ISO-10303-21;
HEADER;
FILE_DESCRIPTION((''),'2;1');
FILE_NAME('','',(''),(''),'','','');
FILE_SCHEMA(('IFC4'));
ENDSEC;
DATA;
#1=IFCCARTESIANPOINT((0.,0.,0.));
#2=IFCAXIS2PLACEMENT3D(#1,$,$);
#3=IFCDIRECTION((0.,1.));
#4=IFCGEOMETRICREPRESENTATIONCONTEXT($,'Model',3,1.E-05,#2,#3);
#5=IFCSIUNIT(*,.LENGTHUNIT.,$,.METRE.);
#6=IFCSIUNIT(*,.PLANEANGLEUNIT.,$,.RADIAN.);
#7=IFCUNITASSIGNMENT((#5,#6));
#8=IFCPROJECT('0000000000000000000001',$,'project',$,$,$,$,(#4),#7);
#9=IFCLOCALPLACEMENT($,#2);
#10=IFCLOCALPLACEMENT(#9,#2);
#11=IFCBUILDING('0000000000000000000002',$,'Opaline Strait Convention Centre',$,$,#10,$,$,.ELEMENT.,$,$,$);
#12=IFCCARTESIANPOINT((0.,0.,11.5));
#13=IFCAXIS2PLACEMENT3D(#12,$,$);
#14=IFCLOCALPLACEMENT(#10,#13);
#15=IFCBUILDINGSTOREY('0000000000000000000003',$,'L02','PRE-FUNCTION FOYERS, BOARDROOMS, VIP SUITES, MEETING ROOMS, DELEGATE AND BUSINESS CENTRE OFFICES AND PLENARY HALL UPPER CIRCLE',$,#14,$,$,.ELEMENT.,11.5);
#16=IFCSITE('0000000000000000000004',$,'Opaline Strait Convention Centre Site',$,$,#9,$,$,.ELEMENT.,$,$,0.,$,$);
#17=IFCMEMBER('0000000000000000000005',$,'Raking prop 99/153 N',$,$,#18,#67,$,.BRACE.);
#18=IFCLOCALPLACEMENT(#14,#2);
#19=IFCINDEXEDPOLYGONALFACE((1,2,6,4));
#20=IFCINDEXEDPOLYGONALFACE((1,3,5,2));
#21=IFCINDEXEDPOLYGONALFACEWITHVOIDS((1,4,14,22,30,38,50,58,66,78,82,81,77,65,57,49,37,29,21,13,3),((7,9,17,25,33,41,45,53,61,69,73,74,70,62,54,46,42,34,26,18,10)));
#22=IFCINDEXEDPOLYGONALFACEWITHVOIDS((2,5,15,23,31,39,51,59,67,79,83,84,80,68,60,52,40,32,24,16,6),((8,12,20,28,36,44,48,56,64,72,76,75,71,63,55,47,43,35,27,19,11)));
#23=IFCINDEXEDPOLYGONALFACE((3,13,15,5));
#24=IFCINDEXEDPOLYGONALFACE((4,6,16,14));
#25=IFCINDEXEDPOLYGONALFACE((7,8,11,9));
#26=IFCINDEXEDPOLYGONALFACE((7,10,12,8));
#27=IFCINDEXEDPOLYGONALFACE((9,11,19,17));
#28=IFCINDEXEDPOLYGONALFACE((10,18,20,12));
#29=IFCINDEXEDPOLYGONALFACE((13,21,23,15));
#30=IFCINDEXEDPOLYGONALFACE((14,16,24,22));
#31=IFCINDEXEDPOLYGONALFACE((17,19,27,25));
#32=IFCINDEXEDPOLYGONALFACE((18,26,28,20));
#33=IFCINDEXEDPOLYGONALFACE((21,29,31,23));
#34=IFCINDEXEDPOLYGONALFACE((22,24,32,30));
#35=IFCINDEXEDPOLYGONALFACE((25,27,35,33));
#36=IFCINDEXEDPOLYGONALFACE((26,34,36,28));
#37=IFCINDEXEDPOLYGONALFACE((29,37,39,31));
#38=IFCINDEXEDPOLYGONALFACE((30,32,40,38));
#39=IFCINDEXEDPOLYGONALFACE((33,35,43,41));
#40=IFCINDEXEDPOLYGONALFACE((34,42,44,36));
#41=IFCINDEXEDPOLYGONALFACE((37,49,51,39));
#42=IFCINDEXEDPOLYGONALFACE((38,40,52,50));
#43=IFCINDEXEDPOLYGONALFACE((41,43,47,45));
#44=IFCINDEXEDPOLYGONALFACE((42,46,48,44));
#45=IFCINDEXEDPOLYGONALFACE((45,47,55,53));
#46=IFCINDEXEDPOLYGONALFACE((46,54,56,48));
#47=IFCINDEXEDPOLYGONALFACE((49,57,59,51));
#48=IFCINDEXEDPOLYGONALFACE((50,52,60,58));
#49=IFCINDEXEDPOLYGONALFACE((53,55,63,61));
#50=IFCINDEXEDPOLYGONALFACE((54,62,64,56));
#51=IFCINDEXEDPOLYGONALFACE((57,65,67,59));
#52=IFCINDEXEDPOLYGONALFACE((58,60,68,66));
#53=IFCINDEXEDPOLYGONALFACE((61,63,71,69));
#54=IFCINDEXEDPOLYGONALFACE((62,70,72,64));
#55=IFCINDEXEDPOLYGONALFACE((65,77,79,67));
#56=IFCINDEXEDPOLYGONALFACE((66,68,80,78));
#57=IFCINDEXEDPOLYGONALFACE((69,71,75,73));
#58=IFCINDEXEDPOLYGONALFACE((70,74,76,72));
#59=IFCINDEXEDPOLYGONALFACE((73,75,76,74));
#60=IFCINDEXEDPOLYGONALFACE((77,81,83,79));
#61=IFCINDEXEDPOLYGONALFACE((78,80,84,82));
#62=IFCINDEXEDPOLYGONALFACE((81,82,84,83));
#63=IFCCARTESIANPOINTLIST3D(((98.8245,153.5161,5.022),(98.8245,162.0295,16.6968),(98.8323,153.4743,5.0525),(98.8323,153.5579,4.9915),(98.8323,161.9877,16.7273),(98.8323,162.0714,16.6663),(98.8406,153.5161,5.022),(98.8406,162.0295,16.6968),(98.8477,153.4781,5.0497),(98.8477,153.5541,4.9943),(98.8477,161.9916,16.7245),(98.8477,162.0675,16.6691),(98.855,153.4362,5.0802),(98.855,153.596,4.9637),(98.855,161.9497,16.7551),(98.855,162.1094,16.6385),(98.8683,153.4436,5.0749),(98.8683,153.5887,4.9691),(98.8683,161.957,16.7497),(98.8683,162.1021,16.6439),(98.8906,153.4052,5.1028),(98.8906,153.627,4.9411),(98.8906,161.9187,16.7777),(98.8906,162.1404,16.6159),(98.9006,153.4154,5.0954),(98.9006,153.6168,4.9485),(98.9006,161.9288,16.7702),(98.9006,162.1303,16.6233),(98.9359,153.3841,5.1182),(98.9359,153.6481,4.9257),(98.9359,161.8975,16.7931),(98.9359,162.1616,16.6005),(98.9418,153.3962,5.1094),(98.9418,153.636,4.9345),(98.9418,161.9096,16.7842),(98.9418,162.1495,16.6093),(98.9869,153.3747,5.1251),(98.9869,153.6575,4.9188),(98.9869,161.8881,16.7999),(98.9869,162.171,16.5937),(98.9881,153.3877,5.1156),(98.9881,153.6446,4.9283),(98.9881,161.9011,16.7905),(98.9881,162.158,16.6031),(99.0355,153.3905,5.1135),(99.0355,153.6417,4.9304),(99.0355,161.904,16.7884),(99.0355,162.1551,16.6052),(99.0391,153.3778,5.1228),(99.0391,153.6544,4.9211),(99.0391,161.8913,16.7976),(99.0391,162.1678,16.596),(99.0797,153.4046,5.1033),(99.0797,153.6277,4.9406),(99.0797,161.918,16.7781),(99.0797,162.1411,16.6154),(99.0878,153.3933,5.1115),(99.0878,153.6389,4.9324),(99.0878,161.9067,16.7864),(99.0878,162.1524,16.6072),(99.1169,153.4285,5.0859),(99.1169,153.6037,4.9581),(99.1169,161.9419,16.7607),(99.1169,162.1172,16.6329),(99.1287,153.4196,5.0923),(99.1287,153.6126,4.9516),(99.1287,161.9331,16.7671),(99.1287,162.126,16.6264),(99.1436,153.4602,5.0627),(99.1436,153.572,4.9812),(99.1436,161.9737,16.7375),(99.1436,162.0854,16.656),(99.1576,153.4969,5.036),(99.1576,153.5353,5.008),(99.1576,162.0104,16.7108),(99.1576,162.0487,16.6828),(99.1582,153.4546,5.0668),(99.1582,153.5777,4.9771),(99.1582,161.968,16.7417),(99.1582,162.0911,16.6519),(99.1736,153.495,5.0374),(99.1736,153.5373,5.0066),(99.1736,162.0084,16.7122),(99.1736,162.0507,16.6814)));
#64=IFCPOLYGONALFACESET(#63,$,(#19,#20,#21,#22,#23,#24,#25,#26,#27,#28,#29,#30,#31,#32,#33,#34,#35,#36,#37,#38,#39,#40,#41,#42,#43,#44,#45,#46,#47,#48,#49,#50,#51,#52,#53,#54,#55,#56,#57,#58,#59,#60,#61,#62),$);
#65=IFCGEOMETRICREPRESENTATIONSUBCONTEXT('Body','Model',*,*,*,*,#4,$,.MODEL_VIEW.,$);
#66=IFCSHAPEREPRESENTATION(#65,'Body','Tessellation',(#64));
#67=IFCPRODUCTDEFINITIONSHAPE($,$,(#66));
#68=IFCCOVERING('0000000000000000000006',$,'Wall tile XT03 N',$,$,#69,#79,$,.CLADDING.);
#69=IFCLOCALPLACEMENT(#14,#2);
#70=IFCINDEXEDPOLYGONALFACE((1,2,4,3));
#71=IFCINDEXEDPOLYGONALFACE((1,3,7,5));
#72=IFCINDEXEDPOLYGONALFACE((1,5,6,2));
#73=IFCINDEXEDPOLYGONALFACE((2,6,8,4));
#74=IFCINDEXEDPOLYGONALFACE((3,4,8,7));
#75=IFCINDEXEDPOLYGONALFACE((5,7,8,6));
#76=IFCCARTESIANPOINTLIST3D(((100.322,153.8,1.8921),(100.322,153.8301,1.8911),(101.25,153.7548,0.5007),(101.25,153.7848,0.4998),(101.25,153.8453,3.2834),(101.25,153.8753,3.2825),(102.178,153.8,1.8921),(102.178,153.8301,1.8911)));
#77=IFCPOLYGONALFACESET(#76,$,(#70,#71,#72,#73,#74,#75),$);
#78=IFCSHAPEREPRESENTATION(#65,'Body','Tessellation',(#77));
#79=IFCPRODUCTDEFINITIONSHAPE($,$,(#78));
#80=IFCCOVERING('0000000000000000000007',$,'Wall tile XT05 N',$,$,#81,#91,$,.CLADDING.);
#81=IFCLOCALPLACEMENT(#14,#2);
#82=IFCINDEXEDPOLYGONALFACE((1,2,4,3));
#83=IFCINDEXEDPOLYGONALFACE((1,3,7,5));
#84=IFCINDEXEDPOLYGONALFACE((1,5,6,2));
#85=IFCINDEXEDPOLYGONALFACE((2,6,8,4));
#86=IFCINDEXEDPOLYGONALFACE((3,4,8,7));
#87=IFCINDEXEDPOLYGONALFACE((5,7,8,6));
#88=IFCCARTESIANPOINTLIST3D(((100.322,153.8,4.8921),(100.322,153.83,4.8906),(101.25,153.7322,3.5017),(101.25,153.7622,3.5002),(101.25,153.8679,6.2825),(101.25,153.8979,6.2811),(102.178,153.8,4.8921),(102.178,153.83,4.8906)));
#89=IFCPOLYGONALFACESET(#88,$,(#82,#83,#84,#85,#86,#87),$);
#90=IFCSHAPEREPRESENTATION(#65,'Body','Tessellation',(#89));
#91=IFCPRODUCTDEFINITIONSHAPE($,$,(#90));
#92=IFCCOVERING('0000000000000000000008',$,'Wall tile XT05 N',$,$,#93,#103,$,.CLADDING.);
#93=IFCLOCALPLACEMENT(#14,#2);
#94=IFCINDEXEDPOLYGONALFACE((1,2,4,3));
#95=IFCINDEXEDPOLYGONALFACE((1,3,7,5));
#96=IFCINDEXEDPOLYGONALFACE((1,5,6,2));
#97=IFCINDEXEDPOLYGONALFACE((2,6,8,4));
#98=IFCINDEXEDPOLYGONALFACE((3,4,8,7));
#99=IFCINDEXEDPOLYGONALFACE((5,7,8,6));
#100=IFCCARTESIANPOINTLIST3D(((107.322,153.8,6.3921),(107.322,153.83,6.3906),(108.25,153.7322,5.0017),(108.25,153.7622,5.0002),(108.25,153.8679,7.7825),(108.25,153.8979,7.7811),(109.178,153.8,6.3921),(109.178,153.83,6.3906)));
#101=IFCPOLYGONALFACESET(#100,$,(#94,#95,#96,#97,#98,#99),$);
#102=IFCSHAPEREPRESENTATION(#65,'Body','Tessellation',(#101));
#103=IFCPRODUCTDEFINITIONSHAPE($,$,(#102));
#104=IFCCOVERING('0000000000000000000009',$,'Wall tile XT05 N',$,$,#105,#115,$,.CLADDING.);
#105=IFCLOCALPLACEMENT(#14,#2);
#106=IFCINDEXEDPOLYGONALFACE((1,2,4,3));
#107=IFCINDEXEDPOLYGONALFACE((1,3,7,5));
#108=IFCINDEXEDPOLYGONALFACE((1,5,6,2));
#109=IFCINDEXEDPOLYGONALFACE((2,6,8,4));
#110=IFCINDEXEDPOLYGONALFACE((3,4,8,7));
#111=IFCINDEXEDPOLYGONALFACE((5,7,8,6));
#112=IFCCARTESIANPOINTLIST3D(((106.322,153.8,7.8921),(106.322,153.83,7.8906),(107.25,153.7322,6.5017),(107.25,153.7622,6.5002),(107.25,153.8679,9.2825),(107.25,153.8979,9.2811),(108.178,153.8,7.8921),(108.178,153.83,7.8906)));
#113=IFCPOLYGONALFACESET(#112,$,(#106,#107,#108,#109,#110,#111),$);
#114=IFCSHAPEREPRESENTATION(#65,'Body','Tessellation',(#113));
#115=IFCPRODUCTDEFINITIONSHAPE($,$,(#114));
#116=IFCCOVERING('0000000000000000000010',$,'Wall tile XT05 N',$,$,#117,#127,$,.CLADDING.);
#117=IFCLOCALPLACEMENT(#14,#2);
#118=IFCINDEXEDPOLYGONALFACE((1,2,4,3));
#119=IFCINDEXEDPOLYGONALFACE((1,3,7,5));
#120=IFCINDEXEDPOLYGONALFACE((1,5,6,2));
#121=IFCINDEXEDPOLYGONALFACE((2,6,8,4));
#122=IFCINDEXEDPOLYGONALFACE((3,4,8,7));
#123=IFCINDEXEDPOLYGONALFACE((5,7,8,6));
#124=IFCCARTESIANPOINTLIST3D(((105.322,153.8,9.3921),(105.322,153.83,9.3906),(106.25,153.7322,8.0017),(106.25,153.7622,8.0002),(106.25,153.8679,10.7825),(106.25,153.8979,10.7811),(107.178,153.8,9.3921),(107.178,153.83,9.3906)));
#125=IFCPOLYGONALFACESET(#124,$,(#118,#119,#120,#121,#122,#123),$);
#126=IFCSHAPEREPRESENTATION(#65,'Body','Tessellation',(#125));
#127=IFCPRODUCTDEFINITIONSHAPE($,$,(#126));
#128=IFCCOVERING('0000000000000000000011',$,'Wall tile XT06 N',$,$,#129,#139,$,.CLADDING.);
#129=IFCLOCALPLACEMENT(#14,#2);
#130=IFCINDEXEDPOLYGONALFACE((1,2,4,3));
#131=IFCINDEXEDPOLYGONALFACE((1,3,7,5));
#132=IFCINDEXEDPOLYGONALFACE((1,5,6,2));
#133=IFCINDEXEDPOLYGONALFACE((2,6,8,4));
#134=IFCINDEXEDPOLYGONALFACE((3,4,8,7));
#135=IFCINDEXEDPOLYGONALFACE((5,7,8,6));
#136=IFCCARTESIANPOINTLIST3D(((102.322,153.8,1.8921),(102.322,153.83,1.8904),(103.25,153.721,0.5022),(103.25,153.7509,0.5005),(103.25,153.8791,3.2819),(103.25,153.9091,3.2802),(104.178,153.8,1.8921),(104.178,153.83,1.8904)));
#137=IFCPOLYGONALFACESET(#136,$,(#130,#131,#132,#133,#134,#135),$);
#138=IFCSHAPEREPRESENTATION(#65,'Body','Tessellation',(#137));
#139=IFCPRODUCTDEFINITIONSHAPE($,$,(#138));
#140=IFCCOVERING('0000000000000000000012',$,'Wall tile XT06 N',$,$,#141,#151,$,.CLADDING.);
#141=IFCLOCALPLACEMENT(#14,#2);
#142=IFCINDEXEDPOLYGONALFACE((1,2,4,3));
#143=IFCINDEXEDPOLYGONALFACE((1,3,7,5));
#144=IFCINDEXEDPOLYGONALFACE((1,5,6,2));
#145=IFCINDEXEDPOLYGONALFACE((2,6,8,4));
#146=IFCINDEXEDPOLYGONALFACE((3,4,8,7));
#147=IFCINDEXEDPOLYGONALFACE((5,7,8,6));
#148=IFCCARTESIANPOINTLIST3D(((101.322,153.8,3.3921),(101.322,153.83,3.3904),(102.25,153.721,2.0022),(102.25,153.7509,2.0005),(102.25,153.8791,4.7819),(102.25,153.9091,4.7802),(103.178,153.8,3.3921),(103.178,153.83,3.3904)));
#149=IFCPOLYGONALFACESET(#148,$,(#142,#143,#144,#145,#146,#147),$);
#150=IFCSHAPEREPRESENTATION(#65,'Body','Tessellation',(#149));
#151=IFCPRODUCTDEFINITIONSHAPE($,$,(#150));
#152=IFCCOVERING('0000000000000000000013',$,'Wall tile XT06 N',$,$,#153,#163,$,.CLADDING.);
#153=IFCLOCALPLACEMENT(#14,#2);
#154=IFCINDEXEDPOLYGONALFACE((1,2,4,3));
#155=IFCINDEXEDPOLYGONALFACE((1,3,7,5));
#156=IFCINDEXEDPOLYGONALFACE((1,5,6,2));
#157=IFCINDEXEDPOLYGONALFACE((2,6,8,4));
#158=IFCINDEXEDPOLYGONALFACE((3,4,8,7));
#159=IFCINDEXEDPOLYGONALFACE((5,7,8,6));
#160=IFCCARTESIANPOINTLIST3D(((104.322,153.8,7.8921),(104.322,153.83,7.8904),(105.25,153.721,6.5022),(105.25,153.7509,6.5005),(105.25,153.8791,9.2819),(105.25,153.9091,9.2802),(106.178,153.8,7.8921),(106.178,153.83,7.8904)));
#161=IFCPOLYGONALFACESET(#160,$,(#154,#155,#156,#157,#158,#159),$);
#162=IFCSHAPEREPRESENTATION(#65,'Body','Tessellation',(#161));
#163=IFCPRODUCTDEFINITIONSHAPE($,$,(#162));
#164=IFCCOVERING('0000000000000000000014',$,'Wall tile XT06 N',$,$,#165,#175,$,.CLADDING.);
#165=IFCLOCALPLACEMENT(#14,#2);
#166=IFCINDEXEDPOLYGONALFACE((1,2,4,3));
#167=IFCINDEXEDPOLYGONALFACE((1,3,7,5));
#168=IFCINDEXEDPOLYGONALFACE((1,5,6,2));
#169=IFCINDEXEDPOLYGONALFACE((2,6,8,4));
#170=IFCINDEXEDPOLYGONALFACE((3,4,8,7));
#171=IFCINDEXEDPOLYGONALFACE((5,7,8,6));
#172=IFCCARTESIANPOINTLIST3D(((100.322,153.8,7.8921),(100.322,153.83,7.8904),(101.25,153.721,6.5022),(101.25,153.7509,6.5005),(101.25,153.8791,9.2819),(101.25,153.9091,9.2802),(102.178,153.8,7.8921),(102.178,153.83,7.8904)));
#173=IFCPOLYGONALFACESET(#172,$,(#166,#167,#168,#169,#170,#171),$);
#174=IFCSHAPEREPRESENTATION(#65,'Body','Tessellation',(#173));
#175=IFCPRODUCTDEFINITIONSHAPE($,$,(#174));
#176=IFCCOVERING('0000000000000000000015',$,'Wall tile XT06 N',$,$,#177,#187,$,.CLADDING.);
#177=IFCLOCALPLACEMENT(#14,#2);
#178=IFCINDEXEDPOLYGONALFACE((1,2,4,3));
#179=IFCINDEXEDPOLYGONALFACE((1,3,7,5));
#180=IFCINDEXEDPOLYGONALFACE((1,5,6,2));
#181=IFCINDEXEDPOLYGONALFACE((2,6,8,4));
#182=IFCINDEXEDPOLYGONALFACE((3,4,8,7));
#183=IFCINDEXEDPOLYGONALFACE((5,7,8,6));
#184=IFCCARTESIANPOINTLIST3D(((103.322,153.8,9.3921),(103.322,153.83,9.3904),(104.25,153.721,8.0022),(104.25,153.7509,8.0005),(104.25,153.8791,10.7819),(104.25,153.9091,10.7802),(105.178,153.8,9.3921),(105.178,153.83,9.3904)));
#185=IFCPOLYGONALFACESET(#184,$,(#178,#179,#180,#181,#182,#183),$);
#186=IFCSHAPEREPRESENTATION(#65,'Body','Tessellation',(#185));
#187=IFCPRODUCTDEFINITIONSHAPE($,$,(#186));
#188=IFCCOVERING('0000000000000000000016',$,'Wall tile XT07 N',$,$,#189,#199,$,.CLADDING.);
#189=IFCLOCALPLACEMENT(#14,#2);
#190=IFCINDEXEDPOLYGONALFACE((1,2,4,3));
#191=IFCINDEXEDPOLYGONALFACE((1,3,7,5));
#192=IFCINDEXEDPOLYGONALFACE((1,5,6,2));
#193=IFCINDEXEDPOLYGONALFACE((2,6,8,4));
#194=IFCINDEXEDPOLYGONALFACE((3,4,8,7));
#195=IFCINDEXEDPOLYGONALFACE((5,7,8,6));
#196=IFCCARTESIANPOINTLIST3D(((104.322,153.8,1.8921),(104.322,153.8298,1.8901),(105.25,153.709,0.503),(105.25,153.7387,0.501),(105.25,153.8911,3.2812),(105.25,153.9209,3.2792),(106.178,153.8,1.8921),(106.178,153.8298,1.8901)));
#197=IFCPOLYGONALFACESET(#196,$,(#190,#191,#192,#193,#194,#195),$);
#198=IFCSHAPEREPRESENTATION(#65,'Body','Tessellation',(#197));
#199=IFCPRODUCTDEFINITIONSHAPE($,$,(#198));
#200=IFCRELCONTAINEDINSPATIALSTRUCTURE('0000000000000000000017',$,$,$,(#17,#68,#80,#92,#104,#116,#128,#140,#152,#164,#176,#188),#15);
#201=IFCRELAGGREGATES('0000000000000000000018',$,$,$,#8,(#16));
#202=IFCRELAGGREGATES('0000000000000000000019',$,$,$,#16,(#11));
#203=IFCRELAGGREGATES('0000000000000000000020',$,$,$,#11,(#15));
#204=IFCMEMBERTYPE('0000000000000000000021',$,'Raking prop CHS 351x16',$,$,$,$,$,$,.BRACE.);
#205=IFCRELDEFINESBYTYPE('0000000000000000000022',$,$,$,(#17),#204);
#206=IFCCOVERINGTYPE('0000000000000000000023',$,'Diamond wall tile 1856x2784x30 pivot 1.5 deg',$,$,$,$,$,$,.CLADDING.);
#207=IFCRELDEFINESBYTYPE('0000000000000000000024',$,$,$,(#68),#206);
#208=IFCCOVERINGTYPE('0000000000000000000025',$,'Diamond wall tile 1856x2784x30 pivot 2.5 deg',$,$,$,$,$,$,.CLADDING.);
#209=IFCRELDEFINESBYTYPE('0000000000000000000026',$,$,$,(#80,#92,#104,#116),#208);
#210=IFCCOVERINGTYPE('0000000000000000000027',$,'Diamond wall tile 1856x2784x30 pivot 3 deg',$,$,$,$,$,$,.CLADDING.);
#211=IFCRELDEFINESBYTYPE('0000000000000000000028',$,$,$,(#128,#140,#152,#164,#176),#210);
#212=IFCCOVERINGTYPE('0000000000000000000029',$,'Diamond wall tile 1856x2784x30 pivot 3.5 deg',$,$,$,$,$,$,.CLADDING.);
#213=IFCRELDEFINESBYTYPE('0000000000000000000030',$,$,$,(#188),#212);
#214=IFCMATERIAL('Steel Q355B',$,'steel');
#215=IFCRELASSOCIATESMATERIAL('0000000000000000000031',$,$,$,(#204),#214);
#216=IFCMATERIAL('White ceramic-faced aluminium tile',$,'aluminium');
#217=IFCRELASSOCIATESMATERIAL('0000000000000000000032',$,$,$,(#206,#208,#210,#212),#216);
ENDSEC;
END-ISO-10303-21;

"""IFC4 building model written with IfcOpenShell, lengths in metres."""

from ifc_helpers import new_model, si_unit, direction, frame, origin, origin_2d, place, context, subcontext, project, spatial, polyline, hollow_circle, outline, extrude, material, material_profile, profile_set, type_object, element, save


model = new_model("IFC4")

# Units and contexts
model_context = context("Model", 3, precision=1e-05, world=origin(), true_north=direction((0.0, 1.0)))
body_context = subcontext(model_context, "Body", "Model", "MODEL_VIEW")
ifc_project = project(units=[si_unit("LENGTHUNIT", "METRE"), si_unit("PLANEANGLEUNIT", "RADIAN")], contexts=[model_context])

# Site, building, storey
site_placement = place(None, origin())
site = spatial("IfcSite", under=ifc_project, at=site_placement, Name="Opaline Strait Convention Centre Site", CompositionType="ELEMENT", RefElevation=0.0)
building_placement = place(site_placement, origin())
building = spatial("IfcBuilding", under=site, at=building_placement, Name="Opaline Strait Convention Centre", CompositionType="ELEMENT")
storey_placement = place(building_placement, frame((0.0, 0.0, 11.5)))
storey = spatial("IfcBuildingStorey", under=building, at=storey_placement, Name="L02", Description="PRE-FUNCTION FOYERS, BOARDROOMS, VIP SUITES, MEETING ROOMS, DELEGATE AND BUSINESS CENTRE OFFICES AND PLENARY HALL UPPER CIRCLE", CompositionType="ELEMENT", Elevation=11.5)

# Member
ifc_material_1 = material(Name="Steel Q355B", Category="steel")
ifc_material_profile_1 = material_profile(ifc_material_1, hollow_circle(Radius=0.1755, WallThickness=0.0161, at=origin_2d()), Name="CHS 351x16")
ifc_profile_set_1 = profile_set([ifc_material_profile_1], Name="Steel Q355B")
member_type = type_object("IfcMemberType", Name="Raking prop CHS 351x16", PredefinedType="BRACE", material=ifc_profile_set_1)
member_placement = place(storey_placement, frame((99.0, 153.5161, 5.022), z_axis=(0.0, 0.589197, 0.807989), x_axis=(-1.0, 0.0, 0.0)))
element("IfcMember", 1, at=member_placement, inside=storey, type_object=member_type, Name="Raking prop 99/153 N", PredefinedType="BRACE", context=body_context, shape_type="SweptSolid", body=[
    extrude(hollow_circle(Radius=0.1755, WallThickness=0.0161, at=origin_2d()), origin(), (0.0, 0.0, 1.0), 14.4492),
])

# Coverings
ifc_material_2 = material(Name="White ceramic-faced aluminium tile", Category="aluminium")
ifc_material_profile_2 = material_profile(ifc_material_2, outline(polyline([(0.928, 0.0), (0.0, 1.3921), (-0.928, 0.0), (0.0, -1.3921), (0.928, 0.0)])), Name="Diamond tile 1856x2784")
ifc_profile_set_2 = profile_set([ifc_material_profile_2], Name="White ceramic-faced aluminium tile")
covering_type_1 = type_object("IfcCoveringType", Name="Diamond wall tile 1856x2784x30 pivot 1.5 deg", PredefinedType="CLADDING", material=ifc_profile_set_2)
covering_placement = place(storey_placement, frame((101.25, 153.8, 1.8921), z_axis=(0.0, 0.999472, -0.032503), x_axis=(-1.0, 0.0, 0.0)))
element("IfcCovering", 2, at=covering_placement, inside=storey, type_object=covering_type_1, Name="Wall tile XT03 N", PredefinedType="CLADDING", context=body_context, shape_type="SweptSolid", body=[
    extrude(outline(polyline([(0.928, 0.0), (0.0, 1.3921), (-0.928, 0.0), (0.0, -1.3921), (0.928, 0.0)])), origin(), (0.0, 0.0, 1.0), 0.03),
])
ifc_material_profile_3 = material_profile(ifc_material_2, outline(polyline([(0.928, 0.0), (0.0, 1.3921), (-0.928, 0.0), (0.0, -1.3921), (0.928, 0.0)])), Name="Diamond tile 1856x2784")
ifc_profile_set_3 = profile_set([ifc_material_profile_3], Name="White ceramic-faced aluminium tile")
covering_type_2 = type_object("IfcCoveringType", Name="Diamond wall tile 1856x2784x30 pivot 2.5 deg", PredefinedType="CLADDING", material=ifc_profile_set_3)
for number, where, z_axis, x_axis, name in (
    (3, (101.25, 153.8, 4.8921), (0.0, 0.998812, -0.048723), (-1.0, 0.0, 0.0), "Wall tile XT05 N"),
    (4, (108.25, 153.8, 6.3921), (0.0, 0.998812, -0.048723), (-1.0, 0.0, 0.0), "Wall tile XT05 N"),
    (5, (107.25, 153.8, 7.8921), (0.0, 0.998812, -0.048723), (-1.0, 0.0, 0.0), "Wall tile XT05 N"),
    (6, (106.25, 153.8, 9.3921), (0.0, 0.998812, -0.048723), (-1.0, 0.0, 0.0), "Wall tile XT05 N"),
):
    element("IfcCovering", number, at=place(storey_placement, frame(where, z_axis=z_axis, x_axis=x_axis)), inside=storey, type_object=covering_type_2, Name=name, PredefinedType="CLADDING", context=body_context, shape_type="SweptSolid", body=[
        extrude(outline(polyline([(0.928, 0.0), (0.0, 1.3921), (-0.928, 0.0), (0.0, -1.3921), (0.928, 0.0)])), origin(), (0.0, 0.0, 1.0), 0.03),
    ])
ifc_material_profile_4 = material_profile(ifc_material_2, outline(polyline([(0.928, 0.0), (0.0, 1.3921), (-0.928, 0.0), (0.0, -1.3921), (0.928, 0.0)])), Name="Diamond tile 1856x2784")
ifc_profile_set_4 = profile_set([ifc_material_profile_4], Name="White ceramic-faced aluminium tile")
covering_type_3 = type_object("IfcCoveringType", Name="Diamond wall tile 1856x2784x30 pivot 3 deg", PredefinedType="CLADDING", material=ifc_profile_set_4)
for number, where, z_axis, x_axis, name in (
    (7, (103.25, 153.8, 1.8921), (0.0, 0.998385, -0.056819), (-1.0, 0.0, 0.0), "Wall tile XT06 N"),
    (8, (102.25, 153.8, 3.3921), (0.0, 0.998385, -0.056819), (-1.0, 0.0, 0.0), "Wall tile XT06 N"),
    (9, (105.25, 153.8, 7.8921), (0.0, 0.998385, -0.056819), (-1.0, 0.0, 0.0), "Wall tile XT06 N"),
    (10, (101.25, 153.8, 7.8921), (0.0, 0.998385, -0.056819), (-1.0, 0.0, 0.0), "Wall tile XT06 N"),
    (11, (104.25, 153.8, 9.3921), (0.0, 0.998385, -0.056819), (-1.0, 0.0, 0.0), "Wall tile XT06 N"),
):
    element("IfcCovering", number, at=place(storey_placement, frame(where, z_axis=z_axis, x_axis=x_axis)), inside=storey, type_object=covering_type_3, Name=name, PredefinedType="CLADDING", context=body_context, shape_type="SweptSolid", body=[
        extrude(outline(polyline([(0.928, 0.0), (0.0, 1.3921), (-0.928, 0.0), (0.0, -1.3921), (0.928, 0.0)])), origin(), (0.0, 0.0, 1.0), 0.03),
    ])
ifc_material_profile_5 = material_profile(ifc_material_2, outline(polyline([(0.928, 0.0), (0.0, 1.3921), (-0.928, 0.0), (0.0, -1.3921), (0.928, 0.0)])), Name="Diamond tile 1856x2784")
ifc_profile_set_5 = profile_set([ifc_material_profile_5], Name="White ceramic-faced aluminium tile")
covering_type_4 = type_object("IfcCoveringType", Name="Diamond wall tile 1856x2784x30 pivot 3.5 deg", PredefinedType="CLADDING", material=ifc_profile_set_5)
for number, where, z_axis, x_axis, name in (
    (12, (105.25, 153.8, 1.8921), (0.0, 0.997857, -0.065433), (-1.0, 0.0, 0.0), "Wall tile XT07 N"),
):
    element("IfcCovering", number, at=place(storey_placement, frame(where, z_axis=z_axis, x_axis=x_axis)), inside=storey, type_object=covering_type_4, Name=name, PredefinedType="CLADDING", context=body_context, shape_type="SweptSolid", body=[
        extrude(outline(polyline([(0.928, 0.0), (0.0, 1.3921), (-0.928, 0.0), (0.0, -1.3921), (0.928, 0.0)])), origin(), (0.0, 0.0, 1.0), 0.0298),
    ])

save(model, "model.ifc")
